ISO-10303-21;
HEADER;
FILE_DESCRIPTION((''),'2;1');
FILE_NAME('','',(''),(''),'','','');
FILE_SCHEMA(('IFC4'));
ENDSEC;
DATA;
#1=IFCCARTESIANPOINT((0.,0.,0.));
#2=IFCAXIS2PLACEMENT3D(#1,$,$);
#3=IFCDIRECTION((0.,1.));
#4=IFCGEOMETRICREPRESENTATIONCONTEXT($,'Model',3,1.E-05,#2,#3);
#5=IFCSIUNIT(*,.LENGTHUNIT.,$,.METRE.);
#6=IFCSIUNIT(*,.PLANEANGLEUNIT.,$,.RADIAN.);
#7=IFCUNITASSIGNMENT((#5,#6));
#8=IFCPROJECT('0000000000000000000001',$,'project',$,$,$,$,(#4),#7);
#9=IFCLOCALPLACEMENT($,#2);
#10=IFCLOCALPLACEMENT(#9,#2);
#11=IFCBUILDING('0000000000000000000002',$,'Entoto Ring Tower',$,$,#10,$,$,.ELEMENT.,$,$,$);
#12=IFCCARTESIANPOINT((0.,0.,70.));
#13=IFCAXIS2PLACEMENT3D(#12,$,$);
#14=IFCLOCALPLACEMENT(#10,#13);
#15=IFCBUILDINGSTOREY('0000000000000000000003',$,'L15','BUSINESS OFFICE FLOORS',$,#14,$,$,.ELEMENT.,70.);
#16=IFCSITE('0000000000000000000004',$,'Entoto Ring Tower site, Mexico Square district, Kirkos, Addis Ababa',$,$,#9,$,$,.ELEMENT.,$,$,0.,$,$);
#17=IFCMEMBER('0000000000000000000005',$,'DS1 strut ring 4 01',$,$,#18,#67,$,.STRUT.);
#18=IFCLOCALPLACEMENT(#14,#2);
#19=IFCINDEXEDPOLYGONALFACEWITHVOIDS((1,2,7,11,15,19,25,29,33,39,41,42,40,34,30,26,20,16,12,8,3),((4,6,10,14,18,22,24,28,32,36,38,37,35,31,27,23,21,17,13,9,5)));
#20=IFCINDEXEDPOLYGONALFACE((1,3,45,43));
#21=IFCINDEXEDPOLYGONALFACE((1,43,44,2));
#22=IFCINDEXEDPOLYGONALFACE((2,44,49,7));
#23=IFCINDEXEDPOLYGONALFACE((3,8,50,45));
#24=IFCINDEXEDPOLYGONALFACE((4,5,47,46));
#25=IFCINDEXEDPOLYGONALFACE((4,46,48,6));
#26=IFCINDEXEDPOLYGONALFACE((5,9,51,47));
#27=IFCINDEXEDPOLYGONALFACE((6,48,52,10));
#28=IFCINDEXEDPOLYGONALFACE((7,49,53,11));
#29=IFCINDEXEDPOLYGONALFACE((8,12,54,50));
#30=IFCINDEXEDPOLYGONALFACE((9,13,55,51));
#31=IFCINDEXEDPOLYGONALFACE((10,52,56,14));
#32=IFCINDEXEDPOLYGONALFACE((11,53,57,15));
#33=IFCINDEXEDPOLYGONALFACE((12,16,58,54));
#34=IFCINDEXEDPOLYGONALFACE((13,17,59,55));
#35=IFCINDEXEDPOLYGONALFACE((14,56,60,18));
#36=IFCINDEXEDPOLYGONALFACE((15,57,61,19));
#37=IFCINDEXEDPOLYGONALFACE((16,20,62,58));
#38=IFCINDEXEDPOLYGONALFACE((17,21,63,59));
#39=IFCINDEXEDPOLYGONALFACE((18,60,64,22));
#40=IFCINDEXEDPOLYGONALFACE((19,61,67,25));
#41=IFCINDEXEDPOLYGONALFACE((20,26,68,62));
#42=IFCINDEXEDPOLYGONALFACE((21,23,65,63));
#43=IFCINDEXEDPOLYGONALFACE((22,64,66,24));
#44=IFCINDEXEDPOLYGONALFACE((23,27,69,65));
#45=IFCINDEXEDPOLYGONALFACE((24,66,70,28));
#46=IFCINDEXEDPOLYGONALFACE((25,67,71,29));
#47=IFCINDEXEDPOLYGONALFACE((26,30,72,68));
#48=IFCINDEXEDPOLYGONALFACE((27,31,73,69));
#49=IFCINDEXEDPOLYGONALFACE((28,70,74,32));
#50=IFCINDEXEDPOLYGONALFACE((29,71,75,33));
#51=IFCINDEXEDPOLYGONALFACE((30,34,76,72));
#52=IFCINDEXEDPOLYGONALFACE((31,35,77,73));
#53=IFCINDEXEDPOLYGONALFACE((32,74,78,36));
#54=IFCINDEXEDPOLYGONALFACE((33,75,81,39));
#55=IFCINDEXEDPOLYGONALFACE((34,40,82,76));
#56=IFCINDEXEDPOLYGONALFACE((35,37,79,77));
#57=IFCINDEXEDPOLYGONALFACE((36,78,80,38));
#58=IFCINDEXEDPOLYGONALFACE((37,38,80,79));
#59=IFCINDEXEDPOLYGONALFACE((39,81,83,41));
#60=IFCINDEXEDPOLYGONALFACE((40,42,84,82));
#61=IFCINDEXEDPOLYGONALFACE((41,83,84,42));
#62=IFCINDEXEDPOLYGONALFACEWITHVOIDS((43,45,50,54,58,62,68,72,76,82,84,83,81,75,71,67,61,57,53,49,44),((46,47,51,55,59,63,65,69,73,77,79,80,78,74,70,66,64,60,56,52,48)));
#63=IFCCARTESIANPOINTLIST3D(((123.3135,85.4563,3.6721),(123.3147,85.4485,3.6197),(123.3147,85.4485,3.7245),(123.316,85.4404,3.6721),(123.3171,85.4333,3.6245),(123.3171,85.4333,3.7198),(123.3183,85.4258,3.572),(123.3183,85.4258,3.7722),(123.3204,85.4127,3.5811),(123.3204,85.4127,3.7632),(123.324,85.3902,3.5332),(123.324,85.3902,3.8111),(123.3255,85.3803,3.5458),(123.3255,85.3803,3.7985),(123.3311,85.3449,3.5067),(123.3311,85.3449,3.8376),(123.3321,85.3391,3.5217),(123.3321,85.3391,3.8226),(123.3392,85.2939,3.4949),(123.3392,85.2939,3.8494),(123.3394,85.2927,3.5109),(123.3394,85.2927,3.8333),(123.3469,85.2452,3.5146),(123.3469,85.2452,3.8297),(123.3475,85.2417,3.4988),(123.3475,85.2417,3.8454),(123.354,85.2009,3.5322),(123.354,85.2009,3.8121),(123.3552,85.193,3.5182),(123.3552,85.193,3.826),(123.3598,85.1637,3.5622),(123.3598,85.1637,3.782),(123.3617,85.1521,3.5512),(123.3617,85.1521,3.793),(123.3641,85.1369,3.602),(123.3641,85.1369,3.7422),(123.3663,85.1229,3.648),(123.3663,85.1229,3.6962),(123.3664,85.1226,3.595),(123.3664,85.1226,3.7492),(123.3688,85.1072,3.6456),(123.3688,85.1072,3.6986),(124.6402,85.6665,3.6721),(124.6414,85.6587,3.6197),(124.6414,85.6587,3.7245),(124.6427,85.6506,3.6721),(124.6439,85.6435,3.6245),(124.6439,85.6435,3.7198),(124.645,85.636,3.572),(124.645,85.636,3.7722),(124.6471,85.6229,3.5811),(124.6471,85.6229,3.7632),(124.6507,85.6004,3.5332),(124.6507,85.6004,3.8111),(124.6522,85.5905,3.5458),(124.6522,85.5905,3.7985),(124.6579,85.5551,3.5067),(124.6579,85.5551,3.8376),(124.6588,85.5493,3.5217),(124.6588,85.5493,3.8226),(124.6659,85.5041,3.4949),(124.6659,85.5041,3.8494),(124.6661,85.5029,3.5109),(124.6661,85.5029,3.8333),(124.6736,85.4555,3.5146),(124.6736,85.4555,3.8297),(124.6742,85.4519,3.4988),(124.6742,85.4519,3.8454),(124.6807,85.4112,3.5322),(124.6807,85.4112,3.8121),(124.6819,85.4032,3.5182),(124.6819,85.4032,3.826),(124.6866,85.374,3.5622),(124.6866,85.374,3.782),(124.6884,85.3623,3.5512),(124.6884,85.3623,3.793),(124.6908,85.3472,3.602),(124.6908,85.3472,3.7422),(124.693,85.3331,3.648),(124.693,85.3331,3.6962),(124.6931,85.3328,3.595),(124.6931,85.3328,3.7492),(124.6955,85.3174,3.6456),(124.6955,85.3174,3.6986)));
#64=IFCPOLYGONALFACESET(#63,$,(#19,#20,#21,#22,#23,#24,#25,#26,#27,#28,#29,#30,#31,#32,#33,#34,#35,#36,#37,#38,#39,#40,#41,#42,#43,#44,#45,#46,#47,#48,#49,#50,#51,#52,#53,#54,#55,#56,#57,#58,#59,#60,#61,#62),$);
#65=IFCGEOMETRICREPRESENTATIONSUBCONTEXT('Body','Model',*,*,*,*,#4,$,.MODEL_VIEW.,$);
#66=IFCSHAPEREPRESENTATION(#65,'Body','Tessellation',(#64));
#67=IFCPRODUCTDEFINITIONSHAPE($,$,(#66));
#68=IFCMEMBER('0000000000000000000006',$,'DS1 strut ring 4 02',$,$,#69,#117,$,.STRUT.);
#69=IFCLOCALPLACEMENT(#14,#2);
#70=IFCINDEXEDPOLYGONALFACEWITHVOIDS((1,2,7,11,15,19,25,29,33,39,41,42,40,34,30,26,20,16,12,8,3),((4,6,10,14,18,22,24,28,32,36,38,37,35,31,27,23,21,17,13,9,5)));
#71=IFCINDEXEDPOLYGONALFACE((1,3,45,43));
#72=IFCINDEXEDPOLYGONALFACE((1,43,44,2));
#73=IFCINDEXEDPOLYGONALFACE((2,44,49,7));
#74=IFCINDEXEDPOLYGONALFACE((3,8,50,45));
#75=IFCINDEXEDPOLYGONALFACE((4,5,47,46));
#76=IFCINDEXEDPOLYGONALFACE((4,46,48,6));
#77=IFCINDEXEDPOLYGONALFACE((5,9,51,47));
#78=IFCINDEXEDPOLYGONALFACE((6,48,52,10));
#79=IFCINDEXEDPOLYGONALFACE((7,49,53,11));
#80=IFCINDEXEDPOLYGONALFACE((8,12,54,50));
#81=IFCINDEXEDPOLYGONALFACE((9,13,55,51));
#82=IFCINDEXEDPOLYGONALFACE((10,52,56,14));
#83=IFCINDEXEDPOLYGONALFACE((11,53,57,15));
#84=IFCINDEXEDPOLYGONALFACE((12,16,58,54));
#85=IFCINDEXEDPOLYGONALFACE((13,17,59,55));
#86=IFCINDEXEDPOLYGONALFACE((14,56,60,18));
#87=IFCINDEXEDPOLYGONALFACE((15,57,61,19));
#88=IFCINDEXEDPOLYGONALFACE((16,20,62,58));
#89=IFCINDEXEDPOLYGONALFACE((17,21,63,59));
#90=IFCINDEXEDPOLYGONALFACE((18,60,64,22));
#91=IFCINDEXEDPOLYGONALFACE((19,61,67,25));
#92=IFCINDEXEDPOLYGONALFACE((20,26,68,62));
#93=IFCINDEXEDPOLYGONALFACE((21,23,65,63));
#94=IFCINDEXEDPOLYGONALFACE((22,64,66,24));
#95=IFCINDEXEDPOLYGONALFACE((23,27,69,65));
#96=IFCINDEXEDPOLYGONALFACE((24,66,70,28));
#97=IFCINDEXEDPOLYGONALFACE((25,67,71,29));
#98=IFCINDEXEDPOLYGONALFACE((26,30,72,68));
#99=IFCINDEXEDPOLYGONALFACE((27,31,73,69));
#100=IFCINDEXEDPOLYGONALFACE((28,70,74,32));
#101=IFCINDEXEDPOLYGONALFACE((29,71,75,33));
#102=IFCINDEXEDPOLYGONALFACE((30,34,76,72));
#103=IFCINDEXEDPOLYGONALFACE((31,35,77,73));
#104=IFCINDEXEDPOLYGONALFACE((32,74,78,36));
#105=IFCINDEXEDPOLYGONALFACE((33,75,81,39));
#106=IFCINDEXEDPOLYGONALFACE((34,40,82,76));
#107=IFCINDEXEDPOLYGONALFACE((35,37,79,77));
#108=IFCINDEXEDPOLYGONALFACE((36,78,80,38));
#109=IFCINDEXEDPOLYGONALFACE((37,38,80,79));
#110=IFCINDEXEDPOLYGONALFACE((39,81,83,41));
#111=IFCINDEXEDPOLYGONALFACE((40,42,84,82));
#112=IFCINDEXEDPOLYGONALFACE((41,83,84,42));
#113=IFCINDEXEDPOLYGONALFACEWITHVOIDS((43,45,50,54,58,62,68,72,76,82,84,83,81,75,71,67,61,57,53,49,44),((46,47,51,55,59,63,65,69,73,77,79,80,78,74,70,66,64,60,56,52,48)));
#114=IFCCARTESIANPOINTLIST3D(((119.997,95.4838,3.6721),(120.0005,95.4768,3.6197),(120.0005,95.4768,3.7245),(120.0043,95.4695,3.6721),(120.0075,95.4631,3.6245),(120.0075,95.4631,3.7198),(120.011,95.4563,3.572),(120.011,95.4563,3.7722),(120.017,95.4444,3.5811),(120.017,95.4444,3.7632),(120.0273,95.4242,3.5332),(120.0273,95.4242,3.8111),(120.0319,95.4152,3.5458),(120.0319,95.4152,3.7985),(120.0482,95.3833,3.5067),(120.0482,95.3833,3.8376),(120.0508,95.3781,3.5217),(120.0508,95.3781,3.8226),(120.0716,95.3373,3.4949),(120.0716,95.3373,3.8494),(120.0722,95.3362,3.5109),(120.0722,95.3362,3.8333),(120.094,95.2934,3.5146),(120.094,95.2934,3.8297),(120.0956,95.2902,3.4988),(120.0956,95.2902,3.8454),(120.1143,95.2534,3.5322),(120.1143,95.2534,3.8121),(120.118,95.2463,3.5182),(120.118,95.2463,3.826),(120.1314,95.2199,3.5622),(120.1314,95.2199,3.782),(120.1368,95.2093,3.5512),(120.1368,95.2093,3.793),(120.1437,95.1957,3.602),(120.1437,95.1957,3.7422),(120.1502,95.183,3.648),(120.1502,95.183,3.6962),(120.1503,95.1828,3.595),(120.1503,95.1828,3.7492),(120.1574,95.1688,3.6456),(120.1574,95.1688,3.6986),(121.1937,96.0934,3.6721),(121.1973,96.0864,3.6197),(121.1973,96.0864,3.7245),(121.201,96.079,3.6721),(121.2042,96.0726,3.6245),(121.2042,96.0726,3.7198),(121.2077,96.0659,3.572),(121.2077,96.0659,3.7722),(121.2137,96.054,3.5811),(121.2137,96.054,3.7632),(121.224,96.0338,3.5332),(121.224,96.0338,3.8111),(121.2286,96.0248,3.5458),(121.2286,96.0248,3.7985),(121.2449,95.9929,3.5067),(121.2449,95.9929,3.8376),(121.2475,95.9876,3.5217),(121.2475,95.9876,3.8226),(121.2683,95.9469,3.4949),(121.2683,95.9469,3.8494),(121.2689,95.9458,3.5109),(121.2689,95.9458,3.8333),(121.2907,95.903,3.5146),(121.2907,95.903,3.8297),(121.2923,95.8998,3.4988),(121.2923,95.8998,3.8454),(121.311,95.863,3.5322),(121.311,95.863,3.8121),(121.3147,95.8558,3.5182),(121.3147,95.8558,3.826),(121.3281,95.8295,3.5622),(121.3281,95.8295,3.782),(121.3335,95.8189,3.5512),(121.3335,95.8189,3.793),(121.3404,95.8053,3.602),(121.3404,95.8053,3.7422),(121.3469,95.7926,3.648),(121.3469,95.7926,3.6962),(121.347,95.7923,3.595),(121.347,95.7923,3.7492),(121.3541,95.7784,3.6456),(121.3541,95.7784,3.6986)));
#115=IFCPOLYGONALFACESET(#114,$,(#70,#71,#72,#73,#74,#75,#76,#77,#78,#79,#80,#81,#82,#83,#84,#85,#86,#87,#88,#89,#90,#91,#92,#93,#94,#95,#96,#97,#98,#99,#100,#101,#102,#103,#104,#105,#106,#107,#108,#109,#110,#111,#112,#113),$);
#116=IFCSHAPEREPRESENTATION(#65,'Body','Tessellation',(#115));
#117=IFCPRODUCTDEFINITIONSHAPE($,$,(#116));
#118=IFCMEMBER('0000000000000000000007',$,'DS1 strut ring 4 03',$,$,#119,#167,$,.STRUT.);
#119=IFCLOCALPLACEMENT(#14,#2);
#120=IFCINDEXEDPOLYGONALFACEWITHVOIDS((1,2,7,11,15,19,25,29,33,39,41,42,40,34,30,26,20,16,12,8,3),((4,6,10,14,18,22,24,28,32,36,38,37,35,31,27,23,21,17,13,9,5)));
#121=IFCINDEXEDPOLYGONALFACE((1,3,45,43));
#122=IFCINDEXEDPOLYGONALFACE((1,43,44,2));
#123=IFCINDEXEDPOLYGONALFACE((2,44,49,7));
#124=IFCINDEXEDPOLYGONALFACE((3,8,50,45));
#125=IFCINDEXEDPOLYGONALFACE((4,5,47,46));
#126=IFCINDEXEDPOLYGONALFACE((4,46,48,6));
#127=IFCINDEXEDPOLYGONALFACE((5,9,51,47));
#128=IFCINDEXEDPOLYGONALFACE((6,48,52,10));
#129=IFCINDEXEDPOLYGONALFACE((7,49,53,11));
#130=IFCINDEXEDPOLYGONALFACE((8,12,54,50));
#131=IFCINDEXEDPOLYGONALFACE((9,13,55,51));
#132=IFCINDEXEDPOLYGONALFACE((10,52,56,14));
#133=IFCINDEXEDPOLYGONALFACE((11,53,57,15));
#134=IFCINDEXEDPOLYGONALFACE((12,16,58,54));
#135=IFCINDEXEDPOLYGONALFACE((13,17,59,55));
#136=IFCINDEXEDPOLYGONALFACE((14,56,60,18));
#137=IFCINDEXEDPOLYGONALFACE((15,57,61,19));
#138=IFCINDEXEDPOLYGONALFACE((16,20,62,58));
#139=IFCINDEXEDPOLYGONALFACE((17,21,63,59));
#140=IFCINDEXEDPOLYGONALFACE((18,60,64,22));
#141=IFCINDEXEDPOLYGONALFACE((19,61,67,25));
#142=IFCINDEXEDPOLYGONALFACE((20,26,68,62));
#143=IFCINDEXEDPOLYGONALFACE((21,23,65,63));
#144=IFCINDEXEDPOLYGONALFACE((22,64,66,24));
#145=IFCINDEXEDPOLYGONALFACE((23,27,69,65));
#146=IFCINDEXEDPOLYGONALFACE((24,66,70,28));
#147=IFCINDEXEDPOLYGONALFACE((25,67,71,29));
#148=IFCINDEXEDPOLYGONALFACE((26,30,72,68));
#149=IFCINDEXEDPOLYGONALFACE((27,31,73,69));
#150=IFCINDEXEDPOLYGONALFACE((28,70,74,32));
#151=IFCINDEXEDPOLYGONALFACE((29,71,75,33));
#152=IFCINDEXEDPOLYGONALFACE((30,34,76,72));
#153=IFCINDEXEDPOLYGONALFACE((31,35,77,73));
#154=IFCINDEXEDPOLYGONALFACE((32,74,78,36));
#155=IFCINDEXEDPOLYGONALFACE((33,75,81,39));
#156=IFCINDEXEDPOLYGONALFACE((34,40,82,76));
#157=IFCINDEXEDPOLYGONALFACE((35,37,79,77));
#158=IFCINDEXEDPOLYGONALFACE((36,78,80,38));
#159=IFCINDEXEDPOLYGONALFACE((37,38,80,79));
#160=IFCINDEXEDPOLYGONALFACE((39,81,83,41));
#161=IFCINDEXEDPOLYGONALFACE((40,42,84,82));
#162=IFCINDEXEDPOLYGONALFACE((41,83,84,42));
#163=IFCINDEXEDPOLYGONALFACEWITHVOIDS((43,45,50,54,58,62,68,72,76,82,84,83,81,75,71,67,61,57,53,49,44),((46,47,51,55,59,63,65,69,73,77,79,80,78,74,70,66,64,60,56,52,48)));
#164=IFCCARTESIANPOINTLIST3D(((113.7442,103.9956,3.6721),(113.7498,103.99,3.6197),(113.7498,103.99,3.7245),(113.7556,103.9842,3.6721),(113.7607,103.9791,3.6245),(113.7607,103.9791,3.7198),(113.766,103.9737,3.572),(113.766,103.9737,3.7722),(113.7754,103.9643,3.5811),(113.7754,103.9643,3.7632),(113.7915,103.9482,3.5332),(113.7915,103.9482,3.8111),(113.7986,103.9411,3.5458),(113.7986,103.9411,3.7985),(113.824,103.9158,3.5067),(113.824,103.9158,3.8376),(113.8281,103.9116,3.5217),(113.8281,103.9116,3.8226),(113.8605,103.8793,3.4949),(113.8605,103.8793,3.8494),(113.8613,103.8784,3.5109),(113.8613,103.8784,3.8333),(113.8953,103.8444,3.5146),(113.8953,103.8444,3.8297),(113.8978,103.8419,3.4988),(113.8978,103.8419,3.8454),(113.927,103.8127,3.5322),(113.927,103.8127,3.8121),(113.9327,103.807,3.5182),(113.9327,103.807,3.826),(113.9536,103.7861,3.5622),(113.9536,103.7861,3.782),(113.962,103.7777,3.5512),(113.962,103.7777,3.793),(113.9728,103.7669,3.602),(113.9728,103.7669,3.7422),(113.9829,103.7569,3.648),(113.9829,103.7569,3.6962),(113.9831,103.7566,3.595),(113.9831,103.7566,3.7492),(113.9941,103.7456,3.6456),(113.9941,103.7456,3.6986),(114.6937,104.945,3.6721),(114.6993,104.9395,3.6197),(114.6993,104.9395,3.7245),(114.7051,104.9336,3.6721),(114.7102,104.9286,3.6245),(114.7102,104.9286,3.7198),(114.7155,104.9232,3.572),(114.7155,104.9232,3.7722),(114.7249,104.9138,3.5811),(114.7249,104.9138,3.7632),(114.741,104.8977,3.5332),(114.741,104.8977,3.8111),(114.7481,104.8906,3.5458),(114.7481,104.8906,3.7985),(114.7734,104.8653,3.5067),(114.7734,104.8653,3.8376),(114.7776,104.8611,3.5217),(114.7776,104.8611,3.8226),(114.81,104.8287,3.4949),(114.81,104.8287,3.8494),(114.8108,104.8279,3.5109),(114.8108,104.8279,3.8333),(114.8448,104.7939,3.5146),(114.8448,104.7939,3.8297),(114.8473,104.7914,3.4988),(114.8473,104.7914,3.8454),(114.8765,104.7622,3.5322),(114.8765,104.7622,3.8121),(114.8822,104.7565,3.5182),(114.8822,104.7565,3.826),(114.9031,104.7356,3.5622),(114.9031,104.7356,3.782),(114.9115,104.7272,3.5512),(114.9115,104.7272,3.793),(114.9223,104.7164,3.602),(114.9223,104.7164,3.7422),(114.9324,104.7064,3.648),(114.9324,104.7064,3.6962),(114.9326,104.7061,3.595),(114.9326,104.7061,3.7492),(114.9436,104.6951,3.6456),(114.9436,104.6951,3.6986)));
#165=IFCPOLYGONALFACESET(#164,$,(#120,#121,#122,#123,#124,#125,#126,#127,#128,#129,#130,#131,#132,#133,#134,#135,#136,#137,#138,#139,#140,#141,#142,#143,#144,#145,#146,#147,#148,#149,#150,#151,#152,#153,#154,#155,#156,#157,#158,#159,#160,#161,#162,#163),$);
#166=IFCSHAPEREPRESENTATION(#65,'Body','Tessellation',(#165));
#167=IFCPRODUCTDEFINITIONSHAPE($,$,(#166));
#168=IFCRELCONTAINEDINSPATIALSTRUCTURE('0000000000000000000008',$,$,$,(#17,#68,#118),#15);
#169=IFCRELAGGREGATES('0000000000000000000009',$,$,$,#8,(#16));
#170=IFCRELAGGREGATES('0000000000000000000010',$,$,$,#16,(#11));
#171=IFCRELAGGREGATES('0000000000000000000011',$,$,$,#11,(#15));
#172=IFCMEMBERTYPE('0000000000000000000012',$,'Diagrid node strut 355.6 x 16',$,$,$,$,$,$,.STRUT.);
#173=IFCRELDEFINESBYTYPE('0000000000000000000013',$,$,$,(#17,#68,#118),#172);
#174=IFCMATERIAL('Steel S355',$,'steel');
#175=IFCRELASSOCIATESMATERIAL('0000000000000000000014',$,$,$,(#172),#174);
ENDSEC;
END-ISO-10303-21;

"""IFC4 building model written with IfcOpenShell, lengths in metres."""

from ifc_helpers import new_model, si_unit, direction, frame, origin, origin_2d, place, context, subcontext, project, spatial, circle, hollow_circle, extrude, material, material_profile, profile_set, type_object, element, save


model = new_model("IFC4")

# Units and contexts
model_context = context("Model", 3, precision=1e-05, world=origin(), true_north=direction((0.0, 1.0)))
body_context = subcontext(model_context, "Body", "Model", "MODEL_VIEW")
ifc_project = project(units=[si_unit("LENGTHUNIT", "METRE"), si_unit("PLANEANGLEUNIT", "RADIAN")], contexts=[model_context])

# Site, building, storey
site_placement = place(None, origin())
site = spatial("IfcSite", under=ifc_project, at=site_placement, Name="Entoto Ring Tower site, Mexico Square district, Kirkos, Addis Ababa", CompositionType="ELEMENT", RefElevation=0.0)
building_placement = place(site_placement, origin())
building = spatial("IfcBuilding", under=site, at=building_placement, Name="Entoto Ring Tower", CompositionType="ELEMENT")
storey_placement = place(building_placement, frame((0.0, 0.0, 70.0)))
storey = spatial("IfcBuildingStorey", under=building, at=storey_placement, Name="L15", Description="BUSINESS OFFICE FLOORS", CompositionType="ELEMENT", Elevation=70.0)

# Members
ifc_material_1 = material(Name="Steel S355", Category="steel")
ifc_material_profile_1 = material_profile(ifc_material_1, hollow_circle(Radius=0.1777, WallThickness=0.0161, at=origin_2d()), Name="CHS 355.6 x 16")
ifc_material_2 = material(Name="Concrete C60/75", Category="concrete")
ifc_material_profile_2 = material_profile(ifc_material_2, circle(Radius=0.1619, at=origin_2d()), Name="Concrete C60/75 infill")
ifc_profile_set_1 = profile_set([ifc_material_profile_1, ifc_material_profile_2], Name="Steel S355")
member_type = type_object("IfcMemberType", Name="Diagrid node strut 355.6 x 16", PredefinedType="STRUT", material=ifc_profile_set_1)
member_1_placement = place(storey_placement, frame((123.3413, 85.2808, 3.6721), z_axis=(0.987679, 0.156495, 0.0), x_axis=(-0.156495, 0.987679, 0.0)))
element("IfcMember", 1, at=member_1_placement, inside=storey, type_object=member_type, Name="DS1 strut ring 4 01", PredefinedType="STRUT", context=body_context, shape_type="SweptSolid", body=[
    extrude(hollow_circle(Radius=0.1777, WallThickness=0.0161, at=origin_2d()), origin(), (0.0, 0.0, 1.0), 1.3433),
])
member_2_placement = place(storey_placement, frame((120.0776, 95.3254, 3.6721), z_axis=(0.891058, 0.45389, 0.0), x_axis=(-0.45389, 0.891058, 0.0)))
element("IfcMember", 2, at=member_2_placement, inside=storey, type_object=member_type, Name="DS1 strut ring 4 02", PredefinedType="STRUT", context=body_context, shape_type="SweptSolid", body=[
    extrude(hollow_circle(Radius=0.1777, WallThickness=0.0161, at=origin_2d()), origin(), (0.0, 0.0, 1.0), 1.343),
])
member_3_placement = place(storey_placement, frame((113.8699, 103.8699, 3.6721), z_axis=(0.707107, 0.707107, 0.0), x_axis=(-0.707107, 0.707107, 0.0)))
element("IfcMember", 3, at=member_3_placement, inside=storey, type_object=member_type, Name="DS1 strut ring 4 03", PredefinedType="STRUT", context=body_context, shape_type="SweptSolid", body=[
    extrude(hollow_circle(Radius=0.1777, WallThickness=0.0161, at=origin_2d()), origin(), (0.0, 0.0, 1.0), 1.3428),
])

save(model, "model.ifc")
